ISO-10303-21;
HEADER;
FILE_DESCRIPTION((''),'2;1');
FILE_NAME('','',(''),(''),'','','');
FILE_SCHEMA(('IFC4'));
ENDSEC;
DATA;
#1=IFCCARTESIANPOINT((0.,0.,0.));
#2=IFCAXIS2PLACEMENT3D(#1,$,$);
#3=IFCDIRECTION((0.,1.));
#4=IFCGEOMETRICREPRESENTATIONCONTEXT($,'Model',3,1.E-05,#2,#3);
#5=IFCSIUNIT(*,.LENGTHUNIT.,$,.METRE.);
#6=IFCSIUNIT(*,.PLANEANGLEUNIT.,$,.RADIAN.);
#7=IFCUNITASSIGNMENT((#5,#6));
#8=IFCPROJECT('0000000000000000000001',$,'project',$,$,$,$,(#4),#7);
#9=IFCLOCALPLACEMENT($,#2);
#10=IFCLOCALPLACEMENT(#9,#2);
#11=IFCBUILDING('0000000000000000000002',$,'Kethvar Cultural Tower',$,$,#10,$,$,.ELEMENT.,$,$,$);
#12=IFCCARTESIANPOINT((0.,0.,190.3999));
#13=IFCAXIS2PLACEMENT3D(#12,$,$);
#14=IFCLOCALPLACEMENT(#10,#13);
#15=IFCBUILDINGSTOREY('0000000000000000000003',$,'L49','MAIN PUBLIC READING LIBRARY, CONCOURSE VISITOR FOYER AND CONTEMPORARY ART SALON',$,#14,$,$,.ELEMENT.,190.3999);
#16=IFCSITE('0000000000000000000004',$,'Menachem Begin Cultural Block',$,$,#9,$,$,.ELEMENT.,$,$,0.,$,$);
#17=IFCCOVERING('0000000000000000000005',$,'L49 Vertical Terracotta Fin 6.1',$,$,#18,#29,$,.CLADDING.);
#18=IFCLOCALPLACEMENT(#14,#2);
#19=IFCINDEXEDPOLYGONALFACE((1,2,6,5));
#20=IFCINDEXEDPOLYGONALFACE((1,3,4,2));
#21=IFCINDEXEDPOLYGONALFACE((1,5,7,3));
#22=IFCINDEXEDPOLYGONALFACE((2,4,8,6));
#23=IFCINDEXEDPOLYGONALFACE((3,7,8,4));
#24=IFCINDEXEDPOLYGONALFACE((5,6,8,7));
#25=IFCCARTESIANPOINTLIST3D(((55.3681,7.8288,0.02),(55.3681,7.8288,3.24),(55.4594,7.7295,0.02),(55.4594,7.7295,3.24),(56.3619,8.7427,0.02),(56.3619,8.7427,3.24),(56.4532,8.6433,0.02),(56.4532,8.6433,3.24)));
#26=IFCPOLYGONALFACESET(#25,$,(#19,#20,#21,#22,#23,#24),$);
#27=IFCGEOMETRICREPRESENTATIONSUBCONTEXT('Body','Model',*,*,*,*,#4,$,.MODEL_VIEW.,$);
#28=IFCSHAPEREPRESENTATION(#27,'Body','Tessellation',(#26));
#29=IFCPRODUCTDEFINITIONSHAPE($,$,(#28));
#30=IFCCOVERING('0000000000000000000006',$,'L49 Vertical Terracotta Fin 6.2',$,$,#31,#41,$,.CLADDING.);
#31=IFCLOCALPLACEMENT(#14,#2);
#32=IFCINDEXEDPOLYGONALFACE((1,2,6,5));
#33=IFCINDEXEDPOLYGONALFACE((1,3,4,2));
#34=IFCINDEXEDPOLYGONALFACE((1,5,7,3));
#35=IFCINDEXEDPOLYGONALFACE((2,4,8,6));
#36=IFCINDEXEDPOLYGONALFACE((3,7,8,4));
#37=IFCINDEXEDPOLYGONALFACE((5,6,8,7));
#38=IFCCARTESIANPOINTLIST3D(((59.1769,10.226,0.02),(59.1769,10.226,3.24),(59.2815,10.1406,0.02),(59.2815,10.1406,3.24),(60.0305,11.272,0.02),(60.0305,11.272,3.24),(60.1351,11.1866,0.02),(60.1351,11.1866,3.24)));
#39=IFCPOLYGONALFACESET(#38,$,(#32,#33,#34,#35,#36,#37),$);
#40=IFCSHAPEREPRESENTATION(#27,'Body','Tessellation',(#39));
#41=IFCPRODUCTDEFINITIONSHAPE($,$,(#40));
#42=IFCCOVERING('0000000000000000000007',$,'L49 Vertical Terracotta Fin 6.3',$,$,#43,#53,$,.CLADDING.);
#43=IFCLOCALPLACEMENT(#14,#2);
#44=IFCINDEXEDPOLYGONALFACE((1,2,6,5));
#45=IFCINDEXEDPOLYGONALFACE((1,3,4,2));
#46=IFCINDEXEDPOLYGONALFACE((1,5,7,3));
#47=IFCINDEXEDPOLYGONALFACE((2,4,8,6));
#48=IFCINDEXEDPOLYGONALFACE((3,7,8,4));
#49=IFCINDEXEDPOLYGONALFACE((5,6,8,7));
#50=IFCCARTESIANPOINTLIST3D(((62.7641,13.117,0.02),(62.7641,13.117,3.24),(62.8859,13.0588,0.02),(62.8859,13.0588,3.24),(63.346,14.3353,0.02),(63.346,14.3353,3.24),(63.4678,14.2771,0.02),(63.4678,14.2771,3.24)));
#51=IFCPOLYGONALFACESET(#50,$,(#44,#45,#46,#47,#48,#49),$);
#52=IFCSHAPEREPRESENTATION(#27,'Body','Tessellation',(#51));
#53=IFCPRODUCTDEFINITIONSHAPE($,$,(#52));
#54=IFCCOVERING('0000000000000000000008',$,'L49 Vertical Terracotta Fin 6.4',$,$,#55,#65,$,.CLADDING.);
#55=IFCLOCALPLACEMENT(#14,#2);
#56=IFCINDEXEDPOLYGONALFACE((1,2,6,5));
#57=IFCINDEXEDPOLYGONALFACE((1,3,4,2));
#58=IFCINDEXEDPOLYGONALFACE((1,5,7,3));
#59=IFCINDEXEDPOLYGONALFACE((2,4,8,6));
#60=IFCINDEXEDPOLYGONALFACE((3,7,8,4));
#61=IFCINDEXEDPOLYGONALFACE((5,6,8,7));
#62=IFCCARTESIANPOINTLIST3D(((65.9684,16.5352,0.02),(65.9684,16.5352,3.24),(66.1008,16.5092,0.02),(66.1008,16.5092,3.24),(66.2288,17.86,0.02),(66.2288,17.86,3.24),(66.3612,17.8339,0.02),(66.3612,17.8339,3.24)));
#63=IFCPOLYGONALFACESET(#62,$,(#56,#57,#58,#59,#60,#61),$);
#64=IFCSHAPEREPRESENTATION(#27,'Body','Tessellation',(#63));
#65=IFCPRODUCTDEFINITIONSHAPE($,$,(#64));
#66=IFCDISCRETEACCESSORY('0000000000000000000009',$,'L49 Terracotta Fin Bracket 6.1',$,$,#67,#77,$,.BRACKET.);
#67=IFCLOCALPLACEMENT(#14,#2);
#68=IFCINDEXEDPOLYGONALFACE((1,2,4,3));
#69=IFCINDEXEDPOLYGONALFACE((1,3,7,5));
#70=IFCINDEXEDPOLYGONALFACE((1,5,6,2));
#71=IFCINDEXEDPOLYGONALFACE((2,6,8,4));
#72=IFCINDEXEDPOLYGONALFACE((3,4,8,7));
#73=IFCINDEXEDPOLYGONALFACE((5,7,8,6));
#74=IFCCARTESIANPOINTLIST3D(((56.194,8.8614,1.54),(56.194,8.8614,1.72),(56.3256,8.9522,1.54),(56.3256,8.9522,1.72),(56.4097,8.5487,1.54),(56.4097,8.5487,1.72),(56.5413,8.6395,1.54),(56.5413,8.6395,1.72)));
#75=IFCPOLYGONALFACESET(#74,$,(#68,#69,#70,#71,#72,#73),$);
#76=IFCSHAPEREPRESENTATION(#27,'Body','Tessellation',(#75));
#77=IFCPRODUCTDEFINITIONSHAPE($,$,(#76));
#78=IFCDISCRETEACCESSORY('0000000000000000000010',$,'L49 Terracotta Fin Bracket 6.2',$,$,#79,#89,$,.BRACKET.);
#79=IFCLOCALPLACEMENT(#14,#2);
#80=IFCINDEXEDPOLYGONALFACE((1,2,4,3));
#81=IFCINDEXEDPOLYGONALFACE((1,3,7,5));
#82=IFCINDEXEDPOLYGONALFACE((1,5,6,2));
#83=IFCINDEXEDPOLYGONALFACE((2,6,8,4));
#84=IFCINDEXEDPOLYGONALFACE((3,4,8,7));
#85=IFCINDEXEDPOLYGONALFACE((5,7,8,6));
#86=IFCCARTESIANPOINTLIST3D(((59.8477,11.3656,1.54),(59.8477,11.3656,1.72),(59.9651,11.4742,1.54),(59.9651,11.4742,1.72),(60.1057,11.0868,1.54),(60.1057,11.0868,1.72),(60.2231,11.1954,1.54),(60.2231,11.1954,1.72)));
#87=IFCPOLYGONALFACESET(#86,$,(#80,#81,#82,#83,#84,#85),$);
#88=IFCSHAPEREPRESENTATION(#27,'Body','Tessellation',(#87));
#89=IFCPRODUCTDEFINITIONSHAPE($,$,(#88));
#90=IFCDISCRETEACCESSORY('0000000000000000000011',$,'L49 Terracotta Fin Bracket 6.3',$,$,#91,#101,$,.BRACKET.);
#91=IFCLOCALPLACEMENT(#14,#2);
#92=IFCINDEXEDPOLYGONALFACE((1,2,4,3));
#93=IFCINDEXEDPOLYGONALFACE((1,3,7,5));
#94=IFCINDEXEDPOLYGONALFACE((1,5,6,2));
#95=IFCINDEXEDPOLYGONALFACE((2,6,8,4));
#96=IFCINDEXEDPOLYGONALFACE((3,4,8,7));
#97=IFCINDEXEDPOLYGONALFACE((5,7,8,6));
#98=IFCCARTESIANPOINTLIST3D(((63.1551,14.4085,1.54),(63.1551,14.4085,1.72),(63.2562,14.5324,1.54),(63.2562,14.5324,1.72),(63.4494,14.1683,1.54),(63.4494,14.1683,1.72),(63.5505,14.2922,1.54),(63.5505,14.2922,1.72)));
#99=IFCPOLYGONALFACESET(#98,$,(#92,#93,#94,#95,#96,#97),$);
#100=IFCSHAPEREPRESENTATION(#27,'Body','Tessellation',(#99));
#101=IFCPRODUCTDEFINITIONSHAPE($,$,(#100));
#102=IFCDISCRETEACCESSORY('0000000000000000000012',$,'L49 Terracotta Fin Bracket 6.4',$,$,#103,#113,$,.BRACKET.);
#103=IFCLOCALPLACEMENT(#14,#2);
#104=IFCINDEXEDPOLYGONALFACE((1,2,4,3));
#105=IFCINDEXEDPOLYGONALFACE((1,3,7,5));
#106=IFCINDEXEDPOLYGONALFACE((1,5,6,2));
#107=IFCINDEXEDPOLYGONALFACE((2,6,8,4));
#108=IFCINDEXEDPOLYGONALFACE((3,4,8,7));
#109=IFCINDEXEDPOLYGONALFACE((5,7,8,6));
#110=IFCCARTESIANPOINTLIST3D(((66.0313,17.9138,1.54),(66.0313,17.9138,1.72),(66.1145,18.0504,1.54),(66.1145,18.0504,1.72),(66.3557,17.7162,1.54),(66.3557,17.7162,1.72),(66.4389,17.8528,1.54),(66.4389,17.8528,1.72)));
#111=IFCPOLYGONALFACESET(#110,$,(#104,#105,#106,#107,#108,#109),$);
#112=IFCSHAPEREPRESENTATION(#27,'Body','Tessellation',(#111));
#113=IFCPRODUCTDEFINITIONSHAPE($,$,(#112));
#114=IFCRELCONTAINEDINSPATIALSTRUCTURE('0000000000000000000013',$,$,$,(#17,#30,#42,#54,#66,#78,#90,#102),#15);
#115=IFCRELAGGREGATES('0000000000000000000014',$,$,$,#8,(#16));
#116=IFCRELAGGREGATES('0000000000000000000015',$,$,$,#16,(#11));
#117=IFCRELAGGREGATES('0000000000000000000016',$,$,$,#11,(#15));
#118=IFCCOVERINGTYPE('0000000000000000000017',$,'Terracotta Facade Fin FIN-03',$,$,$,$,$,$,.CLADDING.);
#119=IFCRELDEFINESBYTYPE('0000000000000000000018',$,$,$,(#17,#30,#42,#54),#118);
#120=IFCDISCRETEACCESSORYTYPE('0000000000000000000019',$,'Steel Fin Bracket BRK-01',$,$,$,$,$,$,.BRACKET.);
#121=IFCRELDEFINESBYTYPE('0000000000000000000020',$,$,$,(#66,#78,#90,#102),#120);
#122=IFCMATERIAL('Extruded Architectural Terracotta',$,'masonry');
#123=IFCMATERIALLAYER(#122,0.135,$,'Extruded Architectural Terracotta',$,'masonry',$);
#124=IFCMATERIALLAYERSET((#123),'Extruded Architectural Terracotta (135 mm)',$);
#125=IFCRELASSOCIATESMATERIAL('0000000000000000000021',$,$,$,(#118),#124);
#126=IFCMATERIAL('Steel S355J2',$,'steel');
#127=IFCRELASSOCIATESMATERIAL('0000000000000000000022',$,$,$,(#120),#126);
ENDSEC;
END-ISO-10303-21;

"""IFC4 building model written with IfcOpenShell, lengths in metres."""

from ifc_helpers import new_model, si_unit, direction, frame, origin, origin_2d, place, context, subcontext, project, spatial, rectangle, extrude, source, transform, mapped, material, layer, layer_set, type_object, element, save


model = new_model("IFC4")

# Units and contexts
model_context = context("Model", 3, precision=1e-05, world=origin(), true_north=direction((0.0, 1.0)))
body_context = subcontext(model_context, "Body", "Model", "MODEL_VIEW")
ifc_project = project(units=[si_unit("LENGTHUNIT", "METRE"), si_unit("PLANEANGLEUNIT", "RADIAN")], contexts=[model_context])

# Site, building, storey
site_placement = place(None, origin())
site = spatial("IfcSite", under=ifc_project, at=site_placement, Name="Menachem Begin Cultural Block", CompositionType="ELEMENT", RefElevation=0.0)
building_placement = place(site_placement, origin())
building = spatial("IfcBuilding", under=site, at=building_placement, Name="Kethvar Cultural Tower", CompositionType="ELEMENT")
storey_placement = place(building_placement, frame((0.0, 0.0, 190.3999)))
storey = spatial("IfcBuildingStorey", under=building, at=storey_placement, Name="L49", Description="MAIN PUBLIC READING LIBRARY, CONCOURSE VISITOR FOYER AND CONTEMPORARY ART SALON", CompositionType="ELEMENT", Elevation=190.3999)

# Shared definitions
ifc_material_1 = material(Name="Steel S355J2", Category="steel")

# Coverings
ifc_material_2 = material(Name="Extruded Architectural Terracotta", Category="masonry")
ifc_layer_1 = layer(ifc_material_2, 0.135, Name="Extruded Architectural Terracotta", Category="masonry")
ifc_layer_set_1 = layer_set([ifc_layer_1], Name="Extruded Architectural Terracotta (135 mm)")
covering_type = type_object("IfcCoveringType", Name="Terracotta Facade Fin FIN-03", PredefinedType="CLADDING", material=ifc_layer_set_1)
shared_shape_1 = source(origin(), body_context, "Body", "SweptSolid", [
    extrude(rectangle(XDim=1.3501, YDim=0.135, at=origin_2d()), origin(), (0.0, 0.0, 1.0), 3.22),
])
for number, where, z_axis, x_axis, name in (
    (1, (55.9106, 8.2361, 0.02), (0.0, 0.0, 1.0), (-0.736097, -0.676876, 0.0), "L49 Vertical Terracotta Fin 6.1"),
    (2, (59.656, 10.7063, 0.02), (0.0, 0.0, 1.0), (-0.6323, -0.774724, 0.0), "L49 Vertical Terracotta Fin 6.2"),
    (3, (63.116, 13.697, 0.02), (0.0, 0.0, 1.0), (-0.430984, -0.90236, 0.0), "L49 Vertical Terracotta Fin 6.3"),
    (4, (66.1648, 17.1846, 0.02), (0.0, 0.0, 1.0), (-0.192864, -0.981225, 0.0), "L49 Vertical Terracotta Fin 6.4"),
):
    element("IfcCovering", number, at=place(storey_placement, frame(where, z_axis=z_axis, x_axis=x_axis)), inside=storey, type_object=covering_type, Name=name, PredefinedType="CLADDING", context=body_context, shape_type="MappedRepresentation", body=[
        mapped(shared_shape_1, transform((0.0, 0.0, 0.0), scale=1.0)),
    ])

# Discrete accessories
discrete_accessory_type = type_object("IfcDiscreteAccessoryType", Name="Steel Fin Bracket BRK-01", PredefinedType="BRACKET", material=ifc_material_1)
shared_shape_2 = source(origin(), body_context, "Body", "SweptSolid", [
    extrude(rectangle(XDim=0.3799, YDim=0.1599, at=origin_2d()), origin(), (0.0, 0.0, 1.0), 0.1799),
])
for number, where, z_axis, x_axis, name in (
    (5, (56.3677, 8.7505, 1.54), (0.0, 0.0, 1.0), (0.567844, -0.823136, 0.0), "L49 Terracotta Fin Bracket 6.1"),
    (6, (60.0354, 11.2805, 1.54), (0.0, 0.0, 1.0), (0.679185, -0.733967, 0.0), "L49 Terracotta Fin Bracket 6.2"),
    (7, (63.3528, 14.3503, 1.54), (0.0, 0.0, 1.0), (0.774834, -0.632165, 0.0), "L49 Terracotta Fin Bracket 6.3"),
    (8, (66.2351, 17.8833, 1.54), (0.0, 0.0, 1.0), (0.854005, -0.520265, 0.0), "L49 Terracotta Fin Bracket 6.4"),
):
    element("IfcDiscreteAccessory", number, at=place(storey_placement, frame(where, z_axis=z_axis, x_axis=x_axis)), inside=storey, type_object=discrete_accessory_type, Name=name, PredefinedType="BRACKET", context=body_context, shape_type="MappedRepresentation", body=[
        mapped(shared_shape_2, transform((0.0, 0.0, 0.0), scale=1.0)),
    ])

save(model, "model.ifc")
